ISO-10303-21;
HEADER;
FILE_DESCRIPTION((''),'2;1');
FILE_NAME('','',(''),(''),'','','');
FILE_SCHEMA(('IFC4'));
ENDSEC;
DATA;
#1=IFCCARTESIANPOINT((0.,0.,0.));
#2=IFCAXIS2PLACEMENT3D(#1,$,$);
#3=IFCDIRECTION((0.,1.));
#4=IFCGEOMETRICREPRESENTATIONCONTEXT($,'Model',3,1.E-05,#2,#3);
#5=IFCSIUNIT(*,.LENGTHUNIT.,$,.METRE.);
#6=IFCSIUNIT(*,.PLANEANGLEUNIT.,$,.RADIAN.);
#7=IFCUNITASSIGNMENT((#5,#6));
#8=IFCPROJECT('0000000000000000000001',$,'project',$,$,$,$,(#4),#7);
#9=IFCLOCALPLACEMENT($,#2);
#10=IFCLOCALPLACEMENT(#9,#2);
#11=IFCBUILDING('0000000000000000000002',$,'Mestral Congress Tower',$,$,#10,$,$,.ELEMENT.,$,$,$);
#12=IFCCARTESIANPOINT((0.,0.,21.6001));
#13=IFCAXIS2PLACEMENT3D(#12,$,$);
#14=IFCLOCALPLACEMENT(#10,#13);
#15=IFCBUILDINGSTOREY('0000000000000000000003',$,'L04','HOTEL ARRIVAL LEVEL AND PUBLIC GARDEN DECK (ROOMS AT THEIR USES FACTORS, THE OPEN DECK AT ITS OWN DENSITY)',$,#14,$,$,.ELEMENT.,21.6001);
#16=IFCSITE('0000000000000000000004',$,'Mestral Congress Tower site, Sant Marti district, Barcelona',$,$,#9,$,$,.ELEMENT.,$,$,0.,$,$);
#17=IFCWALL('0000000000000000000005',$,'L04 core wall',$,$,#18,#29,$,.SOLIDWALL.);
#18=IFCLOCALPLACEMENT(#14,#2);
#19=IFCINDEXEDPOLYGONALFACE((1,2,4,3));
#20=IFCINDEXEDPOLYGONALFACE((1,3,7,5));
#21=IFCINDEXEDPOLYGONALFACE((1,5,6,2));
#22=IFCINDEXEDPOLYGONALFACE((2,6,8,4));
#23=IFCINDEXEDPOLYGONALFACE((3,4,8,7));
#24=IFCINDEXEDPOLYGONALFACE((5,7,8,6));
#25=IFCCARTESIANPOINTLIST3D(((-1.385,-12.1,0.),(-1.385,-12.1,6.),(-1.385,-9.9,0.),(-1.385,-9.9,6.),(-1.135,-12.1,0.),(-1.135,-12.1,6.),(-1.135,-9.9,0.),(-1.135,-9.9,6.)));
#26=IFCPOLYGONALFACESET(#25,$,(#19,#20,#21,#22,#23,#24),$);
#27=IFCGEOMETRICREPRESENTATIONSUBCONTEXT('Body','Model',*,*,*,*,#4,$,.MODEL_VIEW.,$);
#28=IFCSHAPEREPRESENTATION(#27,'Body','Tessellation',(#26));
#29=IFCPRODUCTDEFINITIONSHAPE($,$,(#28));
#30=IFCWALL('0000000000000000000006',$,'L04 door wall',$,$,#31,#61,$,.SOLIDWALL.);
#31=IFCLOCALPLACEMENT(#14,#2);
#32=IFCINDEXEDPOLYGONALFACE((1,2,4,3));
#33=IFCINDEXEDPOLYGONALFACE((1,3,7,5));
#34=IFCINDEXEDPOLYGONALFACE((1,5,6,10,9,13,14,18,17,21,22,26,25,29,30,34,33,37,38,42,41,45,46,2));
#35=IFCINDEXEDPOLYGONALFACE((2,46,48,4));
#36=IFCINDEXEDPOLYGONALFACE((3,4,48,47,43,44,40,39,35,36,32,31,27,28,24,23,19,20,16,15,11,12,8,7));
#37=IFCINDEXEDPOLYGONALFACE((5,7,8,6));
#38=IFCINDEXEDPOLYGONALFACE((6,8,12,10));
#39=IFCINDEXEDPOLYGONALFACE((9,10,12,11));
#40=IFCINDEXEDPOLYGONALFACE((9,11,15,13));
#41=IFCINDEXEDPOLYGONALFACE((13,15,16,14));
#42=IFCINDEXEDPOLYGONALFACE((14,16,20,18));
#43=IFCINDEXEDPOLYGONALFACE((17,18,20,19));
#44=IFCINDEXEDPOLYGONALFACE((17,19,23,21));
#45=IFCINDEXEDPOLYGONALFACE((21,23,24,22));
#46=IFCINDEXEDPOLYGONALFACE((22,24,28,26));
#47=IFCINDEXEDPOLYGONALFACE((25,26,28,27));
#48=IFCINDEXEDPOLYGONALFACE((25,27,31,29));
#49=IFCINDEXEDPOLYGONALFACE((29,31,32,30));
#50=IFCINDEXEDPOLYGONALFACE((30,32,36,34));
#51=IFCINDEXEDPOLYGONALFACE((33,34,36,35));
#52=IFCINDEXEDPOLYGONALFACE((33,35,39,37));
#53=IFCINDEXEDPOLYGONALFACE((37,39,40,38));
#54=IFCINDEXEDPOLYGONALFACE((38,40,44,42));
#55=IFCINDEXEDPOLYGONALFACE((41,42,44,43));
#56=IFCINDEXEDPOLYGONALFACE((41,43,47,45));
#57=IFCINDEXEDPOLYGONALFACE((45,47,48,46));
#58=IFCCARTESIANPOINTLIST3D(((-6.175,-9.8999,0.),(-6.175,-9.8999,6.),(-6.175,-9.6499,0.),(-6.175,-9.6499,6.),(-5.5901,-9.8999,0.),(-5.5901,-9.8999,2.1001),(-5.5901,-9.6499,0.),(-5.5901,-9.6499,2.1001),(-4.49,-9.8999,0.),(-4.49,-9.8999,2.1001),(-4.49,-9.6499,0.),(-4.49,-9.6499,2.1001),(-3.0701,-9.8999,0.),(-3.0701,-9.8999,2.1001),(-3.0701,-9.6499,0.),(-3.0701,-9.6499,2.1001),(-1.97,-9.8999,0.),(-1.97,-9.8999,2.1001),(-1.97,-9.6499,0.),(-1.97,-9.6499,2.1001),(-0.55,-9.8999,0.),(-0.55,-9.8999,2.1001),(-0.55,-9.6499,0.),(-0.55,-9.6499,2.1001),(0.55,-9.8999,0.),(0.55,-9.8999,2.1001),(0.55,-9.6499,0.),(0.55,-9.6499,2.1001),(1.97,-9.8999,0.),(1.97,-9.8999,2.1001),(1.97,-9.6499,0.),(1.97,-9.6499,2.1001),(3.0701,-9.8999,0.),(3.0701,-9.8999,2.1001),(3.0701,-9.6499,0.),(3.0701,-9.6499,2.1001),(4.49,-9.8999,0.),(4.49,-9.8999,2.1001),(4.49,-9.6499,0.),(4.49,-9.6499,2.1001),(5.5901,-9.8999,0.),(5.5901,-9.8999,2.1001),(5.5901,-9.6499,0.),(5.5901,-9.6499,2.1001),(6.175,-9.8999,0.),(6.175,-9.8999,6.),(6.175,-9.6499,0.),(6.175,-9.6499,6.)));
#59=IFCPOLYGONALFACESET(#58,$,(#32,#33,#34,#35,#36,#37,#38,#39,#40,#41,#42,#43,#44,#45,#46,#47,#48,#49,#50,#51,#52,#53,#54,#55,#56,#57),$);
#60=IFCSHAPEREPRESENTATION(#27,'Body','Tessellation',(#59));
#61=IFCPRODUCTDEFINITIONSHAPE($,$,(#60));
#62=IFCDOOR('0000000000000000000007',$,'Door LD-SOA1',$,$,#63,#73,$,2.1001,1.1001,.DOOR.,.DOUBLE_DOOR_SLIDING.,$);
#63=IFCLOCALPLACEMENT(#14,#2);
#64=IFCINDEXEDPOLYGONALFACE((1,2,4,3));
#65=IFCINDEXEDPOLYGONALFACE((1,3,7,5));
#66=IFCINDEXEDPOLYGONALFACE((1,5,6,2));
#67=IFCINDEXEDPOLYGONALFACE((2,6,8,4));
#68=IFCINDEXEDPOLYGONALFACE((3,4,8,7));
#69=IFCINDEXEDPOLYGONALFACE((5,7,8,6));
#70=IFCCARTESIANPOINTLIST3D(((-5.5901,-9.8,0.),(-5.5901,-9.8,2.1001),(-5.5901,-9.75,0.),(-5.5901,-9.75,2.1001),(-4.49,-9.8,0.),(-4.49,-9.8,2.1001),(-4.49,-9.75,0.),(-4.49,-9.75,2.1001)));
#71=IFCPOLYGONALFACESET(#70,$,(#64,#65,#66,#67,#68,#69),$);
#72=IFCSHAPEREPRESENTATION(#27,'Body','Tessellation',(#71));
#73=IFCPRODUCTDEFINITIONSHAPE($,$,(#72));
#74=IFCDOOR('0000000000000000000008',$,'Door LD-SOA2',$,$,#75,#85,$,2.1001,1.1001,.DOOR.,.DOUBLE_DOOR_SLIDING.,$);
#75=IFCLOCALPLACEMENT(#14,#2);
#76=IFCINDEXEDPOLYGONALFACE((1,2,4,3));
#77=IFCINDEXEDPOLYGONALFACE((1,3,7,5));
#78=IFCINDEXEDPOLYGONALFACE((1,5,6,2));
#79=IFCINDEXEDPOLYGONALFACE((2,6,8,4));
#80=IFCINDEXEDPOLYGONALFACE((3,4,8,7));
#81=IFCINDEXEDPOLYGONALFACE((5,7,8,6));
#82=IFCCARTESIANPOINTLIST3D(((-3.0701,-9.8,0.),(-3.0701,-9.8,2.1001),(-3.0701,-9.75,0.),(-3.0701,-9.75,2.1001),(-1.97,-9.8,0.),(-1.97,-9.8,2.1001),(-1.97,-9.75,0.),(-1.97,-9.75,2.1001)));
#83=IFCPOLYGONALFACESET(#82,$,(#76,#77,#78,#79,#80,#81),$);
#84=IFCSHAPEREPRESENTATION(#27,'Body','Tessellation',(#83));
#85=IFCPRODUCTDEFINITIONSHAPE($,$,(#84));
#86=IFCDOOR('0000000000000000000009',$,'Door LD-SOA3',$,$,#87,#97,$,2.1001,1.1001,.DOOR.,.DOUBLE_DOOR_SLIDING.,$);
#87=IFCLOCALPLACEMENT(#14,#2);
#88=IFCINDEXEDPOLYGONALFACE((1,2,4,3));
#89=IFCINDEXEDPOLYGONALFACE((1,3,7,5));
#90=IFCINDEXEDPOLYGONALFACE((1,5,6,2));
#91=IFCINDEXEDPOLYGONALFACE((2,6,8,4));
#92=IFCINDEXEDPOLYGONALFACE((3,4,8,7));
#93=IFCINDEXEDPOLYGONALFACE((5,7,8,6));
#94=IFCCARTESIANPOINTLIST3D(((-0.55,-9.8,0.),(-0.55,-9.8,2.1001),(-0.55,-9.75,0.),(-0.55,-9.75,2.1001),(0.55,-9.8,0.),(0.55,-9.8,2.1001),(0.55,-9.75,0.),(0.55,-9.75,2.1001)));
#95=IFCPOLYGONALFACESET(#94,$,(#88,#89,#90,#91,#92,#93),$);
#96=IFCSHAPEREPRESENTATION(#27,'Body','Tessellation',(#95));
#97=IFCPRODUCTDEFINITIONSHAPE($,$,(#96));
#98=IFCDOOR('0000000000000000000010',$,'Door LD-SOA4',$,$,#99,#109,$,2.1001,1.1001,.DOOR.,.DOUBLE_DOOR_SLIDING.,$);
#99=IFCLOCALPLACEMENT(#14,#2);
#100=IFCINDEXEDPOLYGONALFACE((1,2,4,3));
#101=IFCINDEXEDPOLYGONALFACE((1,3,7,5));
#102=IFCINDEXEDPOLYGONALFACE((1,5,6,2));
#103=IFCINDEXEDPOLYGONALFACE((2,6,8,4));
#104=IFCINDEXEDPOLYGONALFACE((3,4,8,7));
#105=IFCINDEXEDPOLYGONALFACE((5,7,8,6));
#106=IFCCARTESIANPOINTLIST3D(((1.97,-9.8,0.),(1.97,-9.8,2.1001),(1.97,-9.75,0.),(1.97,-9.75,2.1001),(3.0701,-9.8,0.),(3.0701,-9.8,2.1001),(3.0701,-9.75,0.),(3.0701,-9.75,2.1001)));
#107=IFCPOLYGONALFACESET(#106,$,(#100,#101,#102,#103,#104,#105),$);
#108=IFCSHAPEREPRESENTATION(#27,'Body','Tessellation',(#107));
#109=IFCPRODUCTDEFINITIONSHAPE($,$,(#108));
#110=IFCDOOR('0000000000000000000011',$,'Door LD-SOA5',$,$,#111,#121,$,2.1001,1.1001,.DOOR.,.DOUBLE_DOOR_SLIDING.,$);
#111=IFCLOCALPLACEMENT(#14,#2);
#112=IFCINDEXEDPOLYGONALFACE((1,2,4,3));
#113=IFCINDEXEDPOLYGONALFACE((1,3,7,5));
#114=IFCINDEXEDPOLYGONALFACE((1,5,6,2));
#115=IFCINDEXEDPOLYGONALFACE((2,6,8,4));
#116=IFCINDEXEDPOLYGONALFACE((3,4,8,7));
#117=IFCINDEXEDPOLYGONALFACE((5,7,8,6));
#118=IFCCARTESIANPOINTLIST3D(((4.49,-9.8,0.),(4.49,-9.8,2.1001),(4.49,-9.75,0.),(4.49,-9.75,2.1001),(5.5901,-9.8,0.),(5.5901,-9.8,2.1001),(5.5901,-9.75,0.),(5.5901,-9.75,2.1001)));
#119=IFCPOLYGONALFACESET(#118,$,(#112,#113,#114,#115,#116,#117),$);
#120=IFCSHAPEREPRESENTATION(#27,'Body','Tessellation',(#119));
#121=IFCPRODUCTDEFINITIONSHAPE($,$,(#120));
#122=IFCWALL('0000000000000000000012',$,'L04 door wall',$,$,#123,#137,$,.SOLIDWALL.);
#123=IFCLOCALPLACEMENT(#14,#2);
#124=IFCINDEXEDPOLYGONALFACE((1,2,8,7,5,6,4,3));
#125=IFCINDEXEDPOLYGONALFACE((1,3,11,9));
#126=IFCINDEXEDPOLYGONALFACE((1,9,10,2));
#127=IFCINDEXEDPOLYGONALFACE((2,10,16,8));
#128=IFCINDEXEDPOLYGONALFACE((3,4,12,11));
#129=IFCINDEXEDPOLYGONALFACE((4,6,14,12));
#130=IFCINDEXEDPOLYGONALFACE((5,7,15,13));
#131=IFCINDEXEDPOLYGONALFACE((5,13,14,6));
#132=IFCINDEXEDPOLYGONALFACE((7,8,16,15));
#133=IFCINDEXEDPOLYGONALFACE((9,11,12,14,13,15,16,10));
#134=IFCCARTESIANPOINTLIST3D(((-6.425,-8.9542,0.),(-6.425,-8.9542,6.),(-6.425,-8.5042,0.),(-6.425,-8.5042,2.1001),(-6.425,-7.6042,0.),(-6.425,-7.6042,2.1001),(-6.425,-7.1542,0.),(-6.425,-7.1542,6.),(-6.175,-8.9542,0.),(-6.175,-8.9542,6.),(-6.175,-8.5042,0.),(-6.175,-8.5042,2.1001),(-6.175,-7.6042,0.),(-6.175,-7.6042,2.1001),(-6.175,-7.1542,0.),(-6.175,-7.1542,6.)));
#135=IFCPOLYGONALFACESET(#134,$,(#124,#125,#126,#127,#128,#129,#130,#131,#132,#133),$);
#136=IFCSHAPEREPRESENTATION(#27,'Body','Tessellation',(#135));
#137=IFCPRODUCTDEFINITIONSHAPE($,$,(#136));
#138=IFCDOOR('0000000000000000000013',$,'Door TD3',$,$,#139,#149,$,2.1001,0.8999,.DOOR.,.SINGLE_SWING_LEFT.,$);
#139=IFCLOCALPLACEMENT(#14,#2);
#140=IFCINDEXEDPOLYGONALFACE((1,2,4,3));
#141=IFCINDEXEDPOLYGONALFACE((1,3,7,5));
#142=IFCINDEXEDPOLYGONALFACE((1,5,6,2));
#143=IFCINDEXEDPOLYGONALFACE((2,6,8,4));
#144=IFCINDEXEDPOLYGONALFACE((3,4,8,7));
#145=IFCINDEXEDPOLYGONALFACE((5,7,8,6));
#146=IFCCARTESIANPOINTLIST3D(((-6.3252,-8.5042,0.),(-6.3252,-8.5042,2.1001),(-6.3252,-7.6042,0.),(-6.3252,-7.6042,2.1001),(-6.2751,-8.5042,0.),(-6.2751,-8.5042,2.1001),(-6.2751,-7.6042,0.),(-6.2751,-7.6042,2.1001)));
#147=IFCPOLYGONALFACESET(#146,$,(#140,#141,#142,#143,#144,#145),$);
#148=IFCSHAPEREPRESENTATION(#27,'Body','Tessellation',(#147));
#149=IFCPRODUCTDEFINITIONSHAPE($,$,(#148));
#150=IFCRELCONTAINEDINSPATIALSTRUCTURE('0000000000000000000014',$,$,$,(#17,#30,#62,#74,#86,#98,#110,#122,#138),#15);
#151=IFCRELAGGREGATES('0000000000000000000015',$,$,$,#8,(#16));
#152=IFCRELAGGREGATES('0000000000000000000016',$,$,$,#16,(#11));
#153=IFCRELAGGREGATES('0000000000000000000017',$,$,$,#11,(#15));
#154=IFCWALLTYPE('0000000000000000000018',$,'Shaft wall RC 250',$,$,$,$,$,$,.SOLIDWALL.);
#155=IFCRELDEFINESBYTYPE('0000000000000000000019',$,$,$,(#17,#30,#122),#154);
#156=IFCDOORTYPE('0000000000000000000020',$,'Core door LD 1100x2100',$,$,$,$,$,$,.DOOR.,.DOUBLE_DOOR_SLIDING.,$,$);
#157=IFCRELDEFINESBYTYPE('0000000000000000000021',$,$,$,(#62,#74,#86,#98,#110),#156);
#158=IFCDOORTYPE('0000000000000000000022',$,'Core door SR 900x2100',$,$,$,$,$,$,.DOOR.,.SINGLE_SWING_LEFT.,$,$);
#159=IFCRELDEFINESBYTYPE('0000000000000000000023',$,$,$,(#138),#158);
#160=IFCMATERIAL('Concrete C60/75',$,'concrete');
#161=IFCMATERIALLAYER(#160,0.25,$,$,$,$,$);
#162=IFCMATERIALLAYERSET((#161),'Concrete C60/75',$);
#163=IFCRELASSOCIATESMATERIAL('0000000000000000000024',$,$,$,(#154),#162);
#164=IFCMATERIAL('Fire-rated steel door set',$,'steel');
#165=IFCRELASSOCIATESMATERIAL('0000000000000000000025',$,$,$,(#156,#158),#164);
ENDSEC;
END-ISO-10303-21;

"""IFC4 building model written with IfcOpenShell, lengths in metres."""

from ifc_helpers import new_model, si_unit, direction, frame, frame_2d, origin, place, context, subcontext, project, spatial, rectangle, extrude, material, layer, layer_set, type_object, element, fill, save


model = new_model("IFC4")

# Units and contexts
model_context = context("Model", 3, precision=1e-05, world=origin(), true_north=direction((0.0, 1.0)))
body_context = subcontext(model_context, "Body", "Model", "MODEL_VIEW")
ifc_project = project(units=[si_unit("LENGTHUNIT", "METRE"), si_unit("PLANEANGLEUNIT", "RADIAN")], contexts=[model_context])

# Site, building, storey
site_placement = place(None, origin())
site = spatial("IfcSite", under=ifc_project, at=site_placement, Name="Mestral Congress Tower site, Sant Marti district, Barcelona", CompositionType="ELEMENT", RefElevation=0.0)
building_placement = place(site_placement, origin())
building = spatial("IfcBuilding", under=site, at=building_placement, Name="Mestral Congress Tower", CompositionType="ELEMENT")
storey_placement = place(building_placement, frame((0.0, 0.0, 21.6001)))
storey = spatial("IfcBuildingStorey", under=building, at=storey_placement, Name="L04", Description="HOTEL ARRIVAL LEVEL AND PUBLIC GARDEN DECK (ROOMS AT THEIR USES FACTORS, THE OPEN DECK AT ITS OWN DENSITY)", CompositionType="ELEMENT", Elevation=21.6001)

# Wall
ifc_material_1 = material(Name="Concrete C60/75", Category="concrete")
ifc_layer_1 = layer(ifc_material_1, 0.25)
ifc_layer_set_1 = layer_set([ifc_layer_1], Name="Concrete C60/75")
wall_type_1 = type_object("IfcWallType", Name="Shaft wall RC 250", PredefinedType="SOLIDWALL", material=ifc_layer_set_1)
wall_1_placement = place(storey_placement, frame((-1.26, -12.1001, 0.0), z_axis=(0.0, 0.0, 1.0), x_axis=(0.0, 1.0, 0.0)))
element("IfcWall", 1, at=wall_1_placement, inside=storey, type_object=wall_type_1, Name="L04 core wall", PredefinedType="SOLIDWALL", context=body_context, shape_type="SweptSolid", body=[
    extrude(rectangle(XDim=2.2, YDim=0.25, at=frame_2d((1.1001, 0.0))), origin(), (0.0, 0.0, 1.0), 6.0),
])

# Wall, openings, doors
wall_2_placement = place(storey_placement, frame((-6.175, -9.7749, 0.0), z_axis=(0.0, 0.0, 1.0), x_axis=(1.0, 0.0, 0.0)))
wall_2 = element("IfcWall", 2, at=wall_2_placement, inside=storey, type_object=wall_type_1, Name="L04 door wall", PredefinedType="SOLIDWALL", context=body_context, shape_type="SweptSolid", body=[
    extrude(rectangle(XDim=12.3501, YDim=0.25, at=frame_2d((6.175, 0.0))), origin(), (0.0, 0.0, 1.0), 6.0),
])
opening_1_placement = place(wall_2_placement, frame((0.585, 0.0, 0.0)))
opening_1 = element("IfcOpeningElement", 3, at=opening_1_placement, cuts=wall_2, PredefinedType="OPENING", context=body_context, shape_type="SweptSolid", body=[
    extrude(rectangle(XDim=1.1001, YDim=2.1001, at=frame_2d((0.55, 1.05))), frame((0.0, 0.135, 0.0), z_axis=(0.0, -1.0, 0.0), x_axis=(1.0, 0.0, 0.0)), (0.0, 0.0, 1.0), 0.27),
])
opening_2_placement = place(wall_2_placement, frame((3.105, 0.0, 0.0)))
opening_2 = element("IfcOpeningElement", 4, at=opening_2_placement, cuts=wall_2, PredefinedType="OPENING", context=body_context, shape_type="SweptSolid", body=[
    extrude(rectangle(XDim=1.1001, YDim=2.1001, at=frame_2d((0.55, 1.05))), frame((0.0, 0.135, 0.0), z_axis=(0.0, -1.0, 0.0), x_axis=(1.0, 0.0, 0.0)), (0.0, 0.0, 1.0), 0.27),
])
opening_3_placement = place(wall_2_placement, frame((5.625, 0.0, 0.0)))
opening_3 = element("IfcOpeningElement", 5, at=opening_3_placement, cuts=wall_2, PredefinedType="OPENING", context=body_context, shape_type="SweptSolid", body=[
    extrude(rectangle(XDim=1.1001, YDim=2.1001, at=frame_2d((0.55, 1.05))), frame((0.0, 0.135, 0.0), z_axis=(0.0, -1.0, 0.0), x_axis=(1.0, 0.0, 0.0)), (0.0, 0.0, 1.0), 0.27),
])
opening_4_placement = place(wall_2_placement, frame((8.145, 0.0, 0.0)))
opening_4 = element("IfcOpeningElement", 6, at=opening_4_placement, cuts=wall_2, PredefinedType="OPENING", context=body_context, shape_type="SweptSolid", body=[
    extrude(rectangle(XDim=1.1001, YDim=2.1001, at=frame_2d((0.55, 1.05))), frame((0.0, 0.135, 0.0), z_axis=(0.0, -1.0, 0.0), x_axis=(1.0, 0.0, 0.0)), (0.0, 0.0, 1.0), 0.27),
])
opening_5_placement = place(wall_2_placement, frame((10.665, 0.0, 0.0)))
opening_5 = element("IfcOpeningElement", 7, at=opening_5_placement, cuts=wall_2, PredefinedType="OPENING", context=body_context, shape_type="SweptSolid", body=[
    extrude(rectangle(XDim=1.1001, YDim=2.1001, at=frame_2d((0.55, 1.05))), frame((0.0, 0.135, 0.0), z_axis=(0.0, -1.0, 0.0), x_axis=(1.0, 0.0, 0.0)), (0.0, 0.0, 1.0), 0.27),
])
ifc_material_2 = material(Name="Fire-rated steel door set", Category="steel")
door_type_1 = type_object("IfcDoorType", Name="Core door LD 1100x2100", OperationType="DOUBLE_DOOR_SLIDING", PredefinedType="DOOR", material=ifc_material_2)
door_1_placement = place(opening_1_placement, origin())
door_1 = element("IfcDoor", 8, at=door_1_placement, inside=storey, type_object=door_type_1, Name="Door LD-SOA1", OperationType="DOUBLE_DOOR_SLIDING", OverallHeight=2.1001, OverallWidth=1.1001, PredefinedType="DOOR", context=body_context, shape_type="SweptSolid", body=[
    extrude(rectangle(XDim=1.1001, YDim=2.1001, at=frame_2d((0.55, 1.05))), frame((0.0, 0.0249, 0.0), z_axis=(0.0, -1.0, 0.0), x_axis=(1.0, 0.0, 0.0)), (0.0, 0.0, 1.0), 0.05),
])
fill(opening_1, door_1)
door_2_placement = place(opening_2_placement, origin())
door_2 = element("IfcDoor", 9, at=door_2_placement, inside=storey, type_object=door_type_1, Name="Door LD-SOA2", OperationType="DOUBLE_DOOR_SLIDING", OverallHeight=2.1001, OverallWidth=1.1001, PredefinedType="DOOR", context=body_context, shape_type="SweptSolid", body=[
    extrude(rectangle(XDim=1.1001, YDim=2.1001, at=frame_2d((0.55, 1.05))), frame((0.0, 0.0249, 0.0), z_axis=(0.0, -1.0, 0.0), x_axis=(1.0, 0.0, 0.0)), (0.0, 0.0, 1.0), 0.05),
])
fill(opening_2, door_2)
door_3_placement = place(opening_3_placement, origin())
door_3 = element("IfcDoor", 10, at=door_3_placement, inside=storey, type_object=door_type_1, Name="Door LD-SOA3", OperationType="DOUBLE_DOOR_SLIDING", OverallHeight=2.1001, OverallWidth=1.1001, PredefinedType="DOOR", context=body_context, shape_type="SweptSolid", body=[
    extrude(rectangle(XDim=1.1001, YDim=2.1001, at=frame_2d((0.55, 1.05))), frame((0.0, 0.0249, 0.0), z_axis=(0.0, -1.0, 0.0), x_axis=(1.0, 0.0, 0.0)), (0.0, 0.0, 1.0), 0.05),
])
fill(opening_3, door_3)
door_4_placement = place(opening_4_placement, origin())
door_4 = element("IfcDoor", 11, at=door_4_placement, inside=storey, type_object=door_type_1, Name="Door LD-SOA4", OperationType="DOUBLE_DOOR_SLIDING", OverallHeight=2.1001, OverallWidth=1.1001, PredefinedType="DOOR", context=body_context, shape_type="SweptSolid", body=[
    extrude(rectangle(XDim=1.1001, YDim=2.1001, at=frame_2d((0.55, 1.05))), frame((0.0, 0.0249, 0.0), z_axis=(0.0, -1.0, 0.0), x_axis=(1.0, 0.0, 0.0)), (0.0, 0.0, 1.0), 0.05),
])
fill(opening_4, door_4)
door_5_placement = place(opening_5_placement, origin())
door_5 = element("IfcDoor", 12, at=door_5_placement, inside=storey, type_object=door_type_1, Name="Door LD-SOA5", OperationType="DOUBLE_DOOR_SLIDING", OverallHeight=2.1001, OverallWidth=1.1001, PredefinedType="DOOR", context=body_context, shape_type="SweptSolid", body=[
    extrude(rectangle(XDim=1.1001, YDim=2.1001, at=frame_2d((0.55, 1.05))), frame((0.0, 0.0249, 0.0), z_axis=(0.0, -1.0, 0.0), x_axis=(1.0, 0.0, 0.0)), (0.0, 0.0, 1.0), 0.05),
])
fill(opening_5, door_5)

# Wall, opening, door
wall_3_placement = place(storey_placement, frame((-6.3, -7.1543, 0.0), z_axis=(0.0, 0.0, 1.0), x_axis=(0.0, -1.0, 0.0)))
wall_3 = element("IfcWall", 13, at=wall_3_placement, inside=storey, type_object=wall_type_1, Name="L04 door wall", PredefinedType="SOLIDWALL", context=body_context, shape_type="SweptSolid", body=[
    extrude(rectangle(XDim=1.8, YDim=0.25, at=frame_2d((0.8999, 0.0))), origin(), (0.0, 0.0, 1.0), 6.0),
])
opening_6_placement = place(wall_3_placement, frame((0.45, 0.0, 0.0)))
opening_6 = element("IfcOpeningElement", 14, at=opening_6_placement, cuts=wall_3, PredefinedType="OPENING", context=body_context, shape_type="SweptSolid", body=[
    extrude(rectangle(XDim=0.8999, YDim=2.1001, at=frame_2d((0.45, 1.05))), frame((0.0, 0.135, 0.0), z_axis=(0.0, -1.0, 0.0), x_axis=(1.0, 0.0, 0.0)), (0.0, 0.0, 1.0), 0.27),
])
door_type_2 = type_object("IfcDoorType", Name="Core door SR 900x2100", OperationType="SINGLE_SWING_LEFT", PredefinedType="DOOR", material=ifc_material_2)
door_6_placement = place(opening_6_placement, origin())
door_6 = element("IfcDoor", 15, at=door_6_placement, inside=storey, type_object=door_type_2, Name="Door TD3", OperationType="SINGLE_SWING_LEFT", OverallHeight=2.1001, OverallWidth=0.8999, PredefinedType="DOOR", context=body_context, shape_type="SweptSolid", body=[
    extrude(rectangle(XDim=0.8999, YDim=2.1001, at=frame_2d((0.45, 1.05))), frame((0.0, 0.0249, 0.0), z_axis=(0.0, -1.0, 0.0), x_axis=(1.0, 0.0, 0.0)), (0.0, 0.0, 1.0), 0.05),
])
fill(opening_6, door_6)

save(model, "model.ifc")
